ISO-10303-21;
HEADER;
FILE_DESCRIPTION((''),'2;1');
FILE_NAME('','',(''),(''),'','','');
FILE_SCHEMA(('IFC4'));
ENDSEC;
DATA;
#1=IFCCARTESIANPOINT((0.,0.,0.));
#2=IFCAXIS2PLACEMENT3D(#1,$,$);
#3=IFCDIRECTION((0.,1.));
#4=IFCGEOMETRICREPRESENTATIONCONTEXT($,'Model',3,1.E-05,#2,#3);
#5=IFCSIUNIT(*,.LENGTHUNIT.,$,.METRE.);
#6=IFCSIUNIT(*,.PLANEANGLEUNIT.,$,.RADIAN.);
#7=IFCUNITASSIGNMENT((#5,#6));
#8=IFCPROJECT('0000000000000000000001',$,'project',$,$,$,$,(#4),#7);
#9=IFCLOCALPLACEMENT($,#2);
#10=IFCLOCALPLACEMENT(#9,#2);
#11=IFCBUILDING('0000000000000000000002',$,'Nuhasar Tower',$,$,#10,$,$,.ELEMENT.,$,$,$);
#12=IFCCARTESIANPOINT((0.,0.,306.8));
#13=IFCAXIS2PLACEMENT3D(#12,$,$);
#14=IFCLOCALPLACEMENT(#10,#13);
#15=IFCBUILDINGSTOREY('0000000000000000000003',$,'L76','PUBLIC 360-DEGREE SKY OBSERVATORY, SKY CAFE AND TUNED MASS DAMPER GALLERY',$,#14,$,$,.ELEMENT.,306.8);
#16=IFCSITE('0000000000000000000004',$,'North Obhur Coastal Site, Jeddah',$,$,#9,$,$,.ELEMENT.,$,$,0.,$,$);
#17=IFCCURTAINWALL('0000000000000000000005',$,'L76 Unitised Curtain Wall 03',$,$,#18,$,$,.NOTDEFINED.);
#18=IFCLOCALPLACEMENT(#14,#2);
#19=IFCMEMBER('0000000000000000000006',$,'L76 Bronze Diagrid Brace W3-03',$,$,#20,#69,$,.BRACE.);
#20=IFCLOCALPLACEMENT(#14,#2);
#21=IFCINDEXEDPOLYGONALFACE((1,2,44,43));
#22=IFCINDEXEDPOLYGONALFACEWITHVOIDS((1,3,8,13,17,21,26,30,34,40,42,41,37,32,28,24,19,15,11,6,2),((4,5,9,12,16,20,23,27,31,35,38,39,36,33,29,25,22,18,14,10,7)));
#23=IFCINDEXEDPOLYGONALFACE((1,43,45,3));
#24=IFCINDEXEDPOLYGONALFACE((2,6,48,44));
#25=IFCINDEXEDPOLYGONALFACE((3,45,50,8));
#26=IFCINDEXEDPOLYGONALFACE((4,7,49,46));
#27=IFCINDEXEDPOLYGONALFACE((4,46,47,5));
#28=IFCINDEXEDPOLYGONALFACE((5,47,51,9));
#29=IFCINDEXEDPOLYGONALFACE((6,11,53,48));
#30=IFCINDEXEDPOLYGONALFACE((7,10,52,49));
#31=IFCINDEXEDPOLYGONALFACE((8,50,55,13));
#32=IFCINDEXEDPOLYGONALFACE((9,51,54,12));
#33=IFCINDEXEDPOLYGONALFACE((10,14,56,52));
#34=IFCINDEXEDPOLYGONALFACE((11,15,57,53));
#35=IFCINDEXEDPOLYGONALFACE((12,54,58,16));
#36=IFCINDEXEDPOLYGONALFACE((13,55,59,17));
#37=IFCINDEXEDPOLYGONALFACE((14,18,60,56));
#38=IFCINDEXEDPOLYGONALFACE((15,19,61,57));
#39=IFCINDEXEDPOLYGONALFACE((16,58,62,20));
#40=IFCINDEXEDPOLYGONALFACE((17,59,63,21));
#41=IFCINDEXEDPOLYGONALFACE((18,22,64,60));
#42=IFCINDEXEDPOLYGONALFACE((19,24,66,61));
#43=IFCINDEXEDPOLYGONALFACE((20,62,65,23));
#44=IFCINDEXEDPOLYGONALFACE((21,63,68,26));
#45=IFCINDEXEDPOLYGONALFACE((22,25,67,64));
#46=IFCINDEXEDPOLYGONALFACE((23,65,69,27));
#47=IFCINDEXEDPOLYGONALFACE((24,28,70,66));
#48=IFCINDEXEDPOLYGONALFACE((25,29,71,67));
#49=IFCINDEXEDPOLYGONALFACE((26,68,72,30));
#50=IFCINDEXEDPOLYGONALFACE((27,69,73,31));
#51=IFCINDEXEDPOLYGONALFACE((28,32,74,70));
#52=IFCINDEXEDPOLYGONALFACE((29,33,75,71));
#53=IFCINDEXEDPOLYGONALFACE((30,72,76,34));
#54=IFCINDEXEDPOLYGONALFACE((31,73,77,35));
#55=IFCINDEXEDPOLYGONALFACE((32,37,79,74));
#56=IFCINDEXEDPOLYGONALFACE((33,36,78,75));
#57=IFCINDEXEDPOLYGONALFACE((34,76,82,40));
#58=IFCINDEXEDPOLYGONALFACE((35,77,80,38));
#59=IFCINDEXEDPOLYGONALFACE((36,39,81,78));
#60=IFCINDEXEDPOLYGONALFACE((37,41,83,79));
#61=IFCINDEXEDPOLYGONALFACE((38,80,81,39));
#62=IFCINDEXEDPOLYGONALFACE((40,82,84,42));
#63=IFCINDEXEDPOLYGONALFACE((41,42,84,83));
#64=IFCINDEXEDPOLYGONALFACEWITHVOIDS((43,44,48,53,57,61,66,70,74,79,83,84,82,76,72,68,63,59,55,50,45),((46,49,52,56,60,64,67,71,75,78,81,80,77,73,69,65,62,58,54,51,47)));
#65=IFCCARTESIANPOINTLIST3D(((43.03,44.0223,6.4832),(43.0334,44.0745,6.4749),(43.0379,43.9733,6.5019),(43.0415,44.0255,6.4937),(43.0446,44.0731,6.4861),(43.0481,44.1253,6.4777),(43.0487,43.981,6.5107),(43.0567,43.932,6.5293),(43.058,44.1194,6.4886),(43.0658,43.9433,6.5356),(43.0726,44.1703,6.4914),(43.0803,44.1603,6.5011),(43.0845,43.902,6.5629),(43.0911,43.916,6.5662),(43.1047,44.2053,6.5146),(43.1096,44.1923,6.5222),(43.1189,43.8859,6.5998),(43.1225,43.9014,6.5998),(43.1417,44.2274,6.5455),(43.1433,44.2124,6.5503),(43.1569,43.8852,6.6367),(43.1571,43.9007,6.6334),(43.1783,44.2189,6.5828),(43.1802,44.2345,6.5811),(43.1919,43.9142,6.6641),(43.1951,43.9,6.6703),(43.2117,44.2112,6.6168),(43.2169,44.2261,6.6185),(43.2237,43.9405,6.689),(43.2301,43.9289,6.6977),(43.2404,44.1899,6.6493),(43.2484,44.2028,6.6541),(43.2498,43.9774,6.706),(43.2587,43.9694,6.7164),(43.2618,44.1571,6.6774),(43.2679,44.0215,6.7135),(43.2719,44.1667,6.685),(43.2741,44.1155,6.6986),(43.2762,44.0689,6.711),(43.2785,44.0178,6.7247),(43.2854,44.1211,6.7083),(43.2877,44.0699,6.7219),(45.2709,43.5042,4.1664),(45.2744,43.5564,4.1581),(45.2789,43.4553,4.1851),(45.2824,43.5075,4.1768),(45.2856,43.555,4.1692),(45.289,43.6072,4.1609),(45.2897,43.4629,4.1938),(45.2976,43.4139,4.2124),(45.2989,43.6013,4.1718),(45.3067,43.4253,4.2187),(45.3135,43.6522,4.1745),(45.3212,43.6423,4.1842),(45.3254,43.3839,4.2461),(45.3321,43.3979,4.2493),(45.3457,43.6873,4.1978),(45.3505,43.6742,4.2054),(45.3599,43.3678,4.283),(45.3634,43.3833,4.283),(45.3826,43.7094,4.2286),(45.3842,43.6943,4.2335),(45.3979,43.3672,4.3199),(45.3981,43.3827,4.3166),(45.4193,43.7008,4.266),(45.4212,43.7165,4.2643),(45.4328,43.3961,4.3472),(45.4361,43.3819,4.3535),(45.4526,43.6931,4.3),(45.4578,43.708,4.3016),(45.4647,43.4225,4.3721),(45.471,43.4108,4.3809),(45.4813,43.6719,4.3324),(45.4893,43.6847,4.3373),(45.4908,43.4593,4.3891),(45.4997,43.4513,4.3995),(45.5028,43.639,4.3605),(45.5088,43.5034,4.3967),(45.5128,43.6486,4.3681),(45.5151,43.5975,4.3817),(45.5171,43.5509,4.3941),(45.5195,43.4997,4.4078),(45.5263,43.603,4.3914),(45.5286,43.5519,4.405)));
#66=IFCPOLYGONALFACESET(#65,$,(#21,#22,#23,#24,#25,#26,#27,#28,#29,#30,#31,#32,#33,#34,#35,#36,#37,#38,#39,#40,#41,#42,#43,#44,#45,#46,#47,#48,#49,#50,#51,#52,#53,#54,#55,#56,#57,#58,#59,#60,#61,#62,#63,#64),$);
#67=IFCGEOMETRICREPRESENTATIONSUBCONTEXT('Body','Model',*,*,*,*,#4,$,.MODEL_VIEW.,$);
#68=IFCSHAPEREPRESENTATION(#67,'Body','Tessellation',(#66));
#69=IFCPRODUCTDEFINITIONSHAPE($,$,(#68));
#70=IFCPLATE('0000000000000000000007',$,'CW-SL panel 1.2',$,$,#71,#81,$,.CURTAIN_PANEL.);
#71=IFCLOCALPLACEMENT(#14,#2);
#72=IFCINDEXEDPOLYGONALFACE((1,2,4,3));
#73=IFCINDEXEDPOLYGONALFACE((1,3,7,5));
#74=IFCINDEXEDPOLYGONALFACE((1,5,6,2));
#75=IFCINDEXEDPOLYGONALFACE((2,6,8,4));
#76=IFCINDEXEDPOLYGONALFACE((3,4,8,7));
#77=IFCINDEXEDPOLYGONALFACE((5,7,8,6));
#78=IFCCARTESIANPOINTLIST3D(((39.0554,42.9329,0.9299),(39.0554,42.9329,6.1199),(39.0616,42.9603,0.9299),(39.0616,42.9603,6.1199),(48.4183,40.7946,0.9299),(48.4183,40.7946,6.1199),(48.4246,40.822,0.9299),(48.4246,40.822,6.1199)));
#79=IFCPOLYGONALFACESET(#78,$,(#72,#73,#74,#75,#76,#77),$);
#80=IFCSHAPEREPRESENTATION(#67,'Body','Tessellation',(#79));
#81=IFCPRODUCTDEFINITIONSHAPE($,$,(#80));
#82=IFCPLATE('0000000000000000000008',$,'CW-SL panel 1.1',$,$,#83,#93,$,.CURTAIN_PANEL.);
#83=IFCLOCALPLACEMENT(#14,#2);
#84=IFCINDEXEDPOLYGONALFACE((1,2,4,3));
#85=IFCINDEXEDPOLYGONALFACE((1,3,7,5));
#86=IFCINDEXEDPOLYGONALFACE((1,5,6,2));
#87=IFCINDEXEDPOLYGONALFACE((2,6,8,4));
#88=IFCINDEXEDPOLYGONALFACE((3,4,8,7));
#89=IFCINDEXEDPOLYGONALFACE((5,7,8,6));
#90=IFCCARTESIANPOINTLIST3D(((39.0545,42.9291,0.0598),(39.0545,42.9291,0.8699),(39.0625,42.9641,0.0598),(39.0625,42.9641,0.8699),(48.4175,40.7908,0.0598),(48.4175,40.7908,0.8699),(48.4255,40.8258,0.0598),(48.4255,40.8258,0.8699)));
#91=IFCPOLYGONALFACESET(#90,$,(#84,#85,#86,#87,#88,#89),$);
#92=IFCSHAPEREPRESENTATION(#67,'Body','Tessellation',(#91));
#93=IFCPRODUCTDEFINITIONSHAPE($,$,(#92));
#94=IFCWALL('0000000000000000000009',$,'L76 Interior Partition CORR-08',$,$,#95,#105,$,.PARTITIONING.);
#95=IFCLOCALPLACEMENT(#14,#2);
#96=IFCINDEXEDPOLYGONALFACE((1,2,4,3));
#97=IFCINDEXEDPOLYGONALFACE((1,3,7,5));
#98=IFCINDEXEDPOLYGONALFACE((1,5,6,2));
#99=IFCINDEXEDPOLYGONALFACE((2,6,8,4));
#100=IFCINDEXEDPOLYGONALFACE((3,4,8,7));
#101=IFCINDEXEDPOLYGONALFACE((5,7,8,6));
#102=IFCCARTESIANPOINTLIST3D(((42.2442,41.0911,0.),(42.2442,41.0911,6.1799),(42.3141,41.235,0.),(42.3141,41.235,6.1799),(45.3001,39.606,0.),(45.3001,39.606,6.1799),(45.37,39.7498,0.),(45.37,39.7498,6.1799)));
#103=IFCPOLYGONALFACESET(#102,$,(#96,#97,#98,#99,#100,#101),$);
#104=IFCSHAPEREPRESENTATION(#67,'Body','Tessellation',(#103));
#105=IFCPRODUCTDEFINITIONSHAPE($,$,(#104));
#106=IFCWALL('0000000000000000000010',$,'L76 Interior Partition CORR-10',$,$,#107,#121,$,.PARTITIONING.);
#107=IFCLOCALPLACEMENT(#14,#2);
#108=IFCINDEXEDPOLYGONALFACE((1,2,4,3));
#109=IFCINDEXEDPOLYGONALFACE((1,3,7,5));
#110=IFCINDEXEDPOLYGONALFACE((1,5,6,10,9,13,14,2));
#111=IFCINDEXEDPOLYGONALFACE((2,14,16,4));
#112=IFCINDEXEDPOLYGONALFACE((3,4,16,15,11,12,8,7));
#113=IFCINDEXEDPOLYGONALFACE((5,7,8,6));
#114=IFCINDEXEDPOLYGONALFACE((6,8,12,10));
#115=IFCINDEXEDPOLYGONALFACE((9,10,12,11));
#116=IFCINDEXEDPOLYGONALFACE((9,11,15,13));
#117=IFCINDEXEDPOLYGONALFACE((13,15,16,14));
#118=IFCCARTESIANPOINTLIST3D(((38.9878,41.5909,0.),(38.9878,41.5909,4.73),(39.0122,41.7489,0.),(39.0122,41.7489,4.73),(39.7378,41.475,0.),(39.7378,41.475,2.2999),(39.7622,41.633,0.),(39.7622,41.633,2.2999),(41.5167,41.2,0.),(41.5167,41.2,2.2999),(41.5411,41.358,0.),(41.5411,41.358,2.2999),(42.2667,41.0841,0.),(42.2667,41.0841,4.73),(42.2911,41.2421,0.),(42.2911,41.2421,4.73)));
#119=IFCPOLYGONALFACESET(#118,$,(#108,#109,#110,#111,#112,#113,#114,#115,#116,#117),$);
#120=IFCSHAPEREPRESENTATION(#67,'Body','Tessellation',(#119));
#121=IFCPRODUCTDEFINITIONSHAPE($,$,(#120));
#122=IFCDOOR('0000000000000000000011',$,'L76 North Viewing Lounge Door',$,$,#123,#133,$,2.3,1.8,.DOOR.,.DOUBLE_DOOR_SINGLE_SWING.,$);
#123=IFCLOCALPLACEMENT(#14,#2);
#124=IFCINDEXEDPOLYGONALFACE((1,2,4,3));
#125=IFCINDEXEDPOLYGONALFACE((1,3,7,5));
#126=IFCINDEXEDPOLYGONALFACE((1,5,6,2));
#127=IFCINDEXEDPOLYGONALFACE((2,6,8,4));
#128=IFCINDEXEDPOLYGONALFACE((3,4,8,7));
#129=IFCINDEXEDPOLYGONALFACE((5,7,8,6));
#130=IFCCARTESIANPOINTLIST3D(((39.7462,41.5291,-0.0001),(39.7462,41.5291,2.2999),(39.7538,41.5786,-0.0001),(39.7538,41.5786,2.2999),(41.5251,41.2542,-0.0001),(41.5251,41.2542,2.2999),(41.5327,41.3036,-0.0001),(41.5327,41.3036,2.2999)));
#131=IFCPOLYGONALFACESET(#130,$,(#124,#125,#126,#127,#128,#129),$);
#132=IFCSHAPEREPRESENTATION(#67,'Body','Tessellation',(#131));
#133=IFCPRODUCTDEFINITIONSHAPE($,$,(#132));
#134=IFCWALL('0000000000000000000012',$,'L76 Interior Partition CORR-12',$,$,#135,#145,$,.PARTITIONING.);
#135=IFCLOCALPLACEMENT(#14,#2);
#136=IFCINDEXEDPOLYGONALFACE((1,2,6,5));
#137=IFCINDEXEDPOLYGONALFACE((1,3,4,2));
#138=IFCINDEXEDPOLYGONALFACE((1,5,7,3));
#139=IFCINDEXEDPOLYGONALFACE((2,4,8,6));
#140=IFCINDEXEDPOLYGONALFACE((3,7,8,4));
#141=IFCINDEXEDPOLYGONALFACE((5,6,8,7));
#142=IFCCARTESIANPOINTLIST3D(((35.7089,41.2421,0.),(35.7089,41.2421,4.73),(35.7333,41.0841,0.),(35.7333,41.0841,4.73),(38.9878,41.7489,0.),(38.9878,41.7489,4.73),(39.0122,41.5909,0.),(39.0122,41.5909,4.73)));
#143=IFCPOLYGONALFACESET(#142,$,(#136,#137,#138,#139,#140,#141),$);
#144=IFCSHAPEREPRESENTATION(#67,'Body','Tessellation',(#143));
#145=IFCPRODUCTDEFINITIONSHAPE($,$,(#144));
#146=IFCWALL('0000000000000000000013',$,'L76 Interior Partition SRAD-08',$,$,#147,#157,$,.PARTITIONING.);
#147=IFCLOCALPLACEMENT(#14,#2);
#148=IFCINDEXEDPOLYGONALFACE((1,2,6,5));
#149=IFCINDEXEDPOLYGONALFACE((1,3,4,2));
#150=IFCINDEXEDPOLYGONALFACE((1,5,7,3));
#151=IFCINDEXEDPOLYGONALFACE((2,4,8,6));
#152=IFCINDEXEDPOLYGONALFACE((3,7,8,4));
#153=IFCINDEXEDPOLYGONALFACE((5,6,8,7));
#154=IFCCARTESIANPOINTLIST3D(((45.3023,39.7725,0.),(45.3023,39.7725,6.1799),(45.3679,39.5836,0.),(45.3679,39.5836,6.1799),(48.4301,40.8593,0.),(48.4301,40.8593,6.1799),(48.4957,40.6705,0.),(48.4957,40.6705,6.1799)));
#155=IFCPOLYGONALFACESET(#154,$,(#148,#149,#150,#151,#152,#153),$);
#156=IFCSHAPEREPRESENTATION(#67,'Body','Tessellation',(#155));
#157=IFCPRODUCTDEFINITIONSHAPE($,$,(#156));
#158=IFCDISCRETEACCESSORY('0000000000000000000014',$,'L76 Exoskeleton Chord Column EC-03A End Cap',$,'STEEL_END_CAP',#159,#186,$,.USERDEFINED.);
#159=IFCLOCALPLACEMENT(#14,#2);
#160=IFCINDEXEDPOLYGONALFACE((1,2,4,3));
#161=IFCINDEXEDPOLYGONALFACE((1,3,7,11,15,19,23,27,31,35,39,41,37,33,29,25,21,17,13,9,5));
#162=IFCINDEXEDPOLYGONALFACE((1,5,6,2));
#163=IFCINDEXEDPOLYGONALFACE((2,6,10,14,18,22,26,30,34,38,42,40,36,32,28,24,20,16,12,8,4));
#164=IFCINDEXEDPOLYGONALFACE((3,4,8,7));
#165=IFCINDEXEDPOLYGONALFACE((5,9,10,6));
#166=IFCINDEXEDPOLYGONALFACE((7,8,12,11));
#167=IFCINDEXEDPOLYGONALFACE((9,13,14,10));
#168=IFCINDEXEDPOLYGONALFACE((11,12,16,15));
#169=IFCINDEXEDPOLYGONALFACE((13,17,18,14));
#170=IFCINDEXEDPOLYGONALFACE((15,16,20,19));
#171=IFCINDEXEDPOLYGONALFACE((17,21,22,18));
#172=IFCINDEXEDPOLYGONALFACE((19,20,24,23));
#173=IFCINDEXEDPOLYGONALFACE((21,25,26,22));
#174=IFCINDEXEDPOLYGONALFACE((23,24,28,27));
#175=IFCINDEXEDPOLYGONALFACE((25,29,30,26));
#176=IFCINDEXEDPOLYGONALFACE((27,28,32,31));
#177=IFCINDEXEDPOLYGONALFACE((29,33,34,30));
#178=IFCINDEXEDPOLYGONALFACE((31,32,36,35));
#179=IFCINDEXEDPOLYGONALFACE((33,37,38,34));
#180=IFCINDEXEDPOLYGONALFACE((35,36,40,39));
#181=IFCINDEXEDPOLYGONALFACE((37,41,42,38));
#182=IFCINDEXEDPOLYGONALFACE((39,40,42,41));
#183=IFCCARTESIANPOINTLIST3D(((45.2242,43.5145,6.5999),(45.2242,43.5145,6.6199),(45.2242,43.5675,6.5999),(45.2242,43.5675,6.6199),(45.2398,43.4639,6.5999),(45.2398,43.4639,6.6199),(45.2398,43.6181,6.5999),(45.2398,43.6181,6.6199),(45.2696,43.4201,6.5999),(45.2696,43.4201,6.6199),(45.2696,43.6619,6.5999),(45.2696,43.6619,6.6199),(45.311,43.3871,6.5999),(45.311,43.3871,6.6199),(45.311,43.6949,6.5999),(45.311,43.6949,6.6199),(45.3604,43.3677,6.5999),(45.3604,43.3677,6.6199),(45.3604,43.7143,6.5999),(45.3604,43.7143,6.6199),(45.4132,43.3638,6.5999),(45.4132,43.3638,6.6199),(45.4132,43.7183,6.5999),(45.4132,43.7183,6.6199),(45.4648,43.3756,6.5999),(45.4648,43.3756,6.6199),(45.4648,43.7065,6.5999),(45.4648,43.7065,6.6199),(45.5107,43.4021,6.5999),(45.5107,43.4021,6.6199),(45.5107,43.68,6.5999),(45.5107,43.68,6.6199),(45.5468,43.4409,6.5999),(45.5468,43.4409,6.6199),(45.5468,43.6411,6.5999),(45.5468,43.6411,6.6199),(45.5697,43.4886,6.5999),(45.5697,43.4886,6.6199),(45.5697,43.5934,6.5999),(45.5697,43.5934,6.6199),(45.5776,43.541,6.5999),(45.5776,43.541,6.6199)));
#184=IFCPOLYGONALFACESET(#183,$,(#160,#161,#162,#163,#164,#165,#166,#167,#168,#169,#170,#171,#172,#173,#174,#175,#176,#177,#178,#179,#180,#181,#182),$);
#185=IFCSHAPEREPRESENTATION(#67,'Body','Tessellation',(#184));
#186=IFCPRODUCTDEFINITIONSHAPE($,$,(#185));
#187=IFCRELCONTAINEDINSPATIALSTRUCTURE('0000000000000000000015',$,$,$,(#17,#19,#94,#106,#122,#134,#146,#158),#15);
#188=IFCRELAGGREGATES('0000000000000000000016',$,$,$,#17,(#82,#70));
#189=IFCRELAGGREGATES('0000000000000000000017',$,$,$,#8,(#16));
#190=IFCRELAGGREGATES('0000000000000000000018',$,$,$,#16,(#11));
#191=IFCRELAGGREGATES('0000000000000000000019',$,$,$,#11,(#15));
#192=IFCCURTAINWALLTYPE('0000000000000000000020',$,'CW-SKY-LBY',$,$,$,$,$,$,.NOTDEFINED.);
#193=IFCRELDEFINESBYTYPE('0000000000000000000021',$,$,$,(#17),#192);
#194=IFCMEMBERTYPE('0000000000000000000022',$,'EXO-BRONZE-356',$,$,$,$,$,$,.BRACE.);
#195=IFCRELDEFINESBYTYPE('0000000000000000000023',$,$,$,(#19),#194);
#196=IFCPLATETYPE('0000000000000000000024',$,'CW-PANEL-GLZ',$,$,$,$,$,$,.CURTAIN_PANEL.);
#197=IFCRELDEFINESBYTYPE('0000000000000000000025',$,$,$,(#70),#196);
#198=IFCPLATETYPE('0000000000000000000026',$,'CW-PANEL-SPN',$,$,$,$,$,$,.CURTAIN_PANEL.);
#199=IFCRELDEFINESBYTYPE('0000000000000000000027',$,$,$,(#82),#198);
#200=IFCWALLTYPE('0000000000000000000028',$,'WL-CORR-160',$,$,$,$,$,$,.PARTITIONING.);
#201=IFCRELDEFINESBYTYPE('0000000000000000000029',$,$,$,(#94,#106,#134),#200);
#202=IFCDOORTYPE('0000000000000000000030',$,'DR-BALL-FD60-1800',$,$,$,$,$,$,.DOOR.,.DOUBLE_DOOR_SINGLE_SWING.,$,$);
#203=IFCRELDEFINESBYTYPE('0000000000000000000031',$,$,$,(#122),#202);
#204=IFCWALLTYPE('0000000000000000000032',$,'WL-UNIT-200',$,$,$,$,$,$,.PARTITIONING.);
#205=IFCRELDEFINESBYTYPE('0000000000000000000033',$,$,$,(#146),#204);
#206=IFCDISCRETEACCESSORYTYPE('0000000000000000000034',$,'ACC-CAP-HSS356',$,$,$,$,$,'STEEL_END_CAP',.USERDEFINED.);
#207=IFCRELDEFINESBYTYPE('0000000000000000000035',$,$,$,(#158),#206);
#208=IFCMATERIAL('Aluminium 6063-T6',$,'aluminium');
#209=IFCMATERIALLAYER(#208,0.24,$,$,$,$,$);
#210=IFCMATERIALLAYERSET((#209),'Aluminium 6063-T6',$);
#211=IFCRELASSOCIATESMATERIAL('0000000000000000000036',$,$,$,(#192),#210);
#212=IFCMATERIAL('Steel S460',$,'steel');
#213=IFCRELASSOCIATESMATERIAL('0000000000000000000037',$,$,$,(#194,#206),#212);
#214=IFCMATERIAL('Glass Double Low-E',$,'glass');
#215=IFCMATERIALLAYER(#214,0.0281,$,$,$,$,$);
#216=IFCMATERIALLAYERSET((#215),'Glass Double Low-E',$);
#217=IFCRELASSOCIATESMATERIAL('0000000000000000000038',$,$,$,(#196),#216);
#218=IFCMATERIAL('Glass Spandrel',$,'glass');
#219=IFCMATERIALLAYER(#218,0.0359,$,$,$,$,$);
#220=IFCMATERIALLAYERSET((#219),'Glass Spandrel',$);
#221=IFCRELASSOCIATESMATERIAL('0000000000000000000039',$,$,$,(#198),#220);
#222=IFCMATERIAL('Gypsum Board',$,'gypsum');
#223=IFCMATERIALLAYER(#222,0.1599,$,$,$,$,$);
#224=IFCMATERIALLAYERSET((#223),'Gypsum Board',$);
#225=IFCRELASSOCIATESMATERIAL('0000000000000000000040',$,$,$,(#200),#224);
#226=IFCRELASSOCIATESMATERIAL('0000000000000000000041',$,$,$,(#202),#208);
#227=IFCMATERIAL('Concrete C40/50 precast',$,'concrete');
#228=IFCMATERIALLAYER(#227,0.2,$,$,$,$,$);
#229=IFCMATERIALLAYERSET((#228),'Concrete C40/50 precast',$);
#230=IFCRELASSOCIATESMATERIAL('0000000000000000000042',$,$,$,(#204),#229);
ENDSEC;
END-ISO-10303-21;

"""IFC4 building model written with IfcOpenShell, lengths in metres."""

from ifc_helpers import new_model, si_unit, direction, frame, frame_2d, origin, origin_2d, place, context, subcontext, project, spatial, rectangle, circle, hollow_circle, extrude, material, layer, layer_set, material_profile, profile_set, type_object, element, fill, aggregate, save


model = new_model("IFC4")

# Units and contexts
model_context = context("Model", 3, precision=1e-05, world=origin(), true_north=direction((0.0, 1.0)))
body_context = subcontext(model_context, "Body", "Model", "MODEL_VIEW")
ifc_project = project(units=[si_unit("LENGTHUNIT", "METRE"), si_unit("PLANEANGLEUNIT", "RADIAN")], contexts=[model_context])

# Site, building, storey
site_placement = place(None, origin())
site = spatial("IfcSite", under=ifc_project, at=site_placement, Name="North Obhur Coastal Site, Jeddah", CompositionType="ELEMENT", RefElevation=0.0)
building_placement = place(site_placement, origin())
building = spatial("IfcBuilding", under=site, at=building_placement, Name="Nuhasar Tower", CompositionType="ELEMENT")
storey_placement = place(building_placement, frame((0.0, 0.0, 306.8)))
storey = spatial("IfcBuildingStorey", under=building, at=storey_placement, Name="L76", Description="PUBLIC 360-DEGREE SKY OBSERVATORY, SKY CAFE AND TUNED MASS DAMPER GALLERY", CompositionType="ELEMENT", Elevation=306.8)

# Shared definitions
ifc_material_1 = material(Name="Steel S460", Category="steel")

# Curtain wall
ifc_material_2 = material(Name="Aluminium 6063-T6", Category="aluminium")
ifc_layer_1 = layer(ifc_material_2, 0.24)
ifc_layer_set_1 = layer_set([ifc_layer_1], Name="Aluminium 6063-T6")
curtain_wall_type = type_object("IfcCurtainWallType", Name="CW-SKY-LBY", PredefinedType="NOTDEFINED", material=ifc_layer_set_1)
curtain_wall_1_placement = place(storey_placement, origin())
curtain_wall_1 = element("IfcCurtainWall", 1, at=curtain_wall_1_placement, inside=storey, type_object=curtain_wall_type, Name="L76 Unitised Curtain Wall 03", PredefinedType="NOTDEFINED")

# Member
ifc_material_profile_1 = material_profile(ifc_material_1, hollow_circle(Radius=0.1777, WallThickness=0.0159, at=origin_2d()), Name="HSS355.6X15.9")
ifc_profile_set_1 = profile_set([ifc_material_profile_1], Name="Steel S460")
member_type_1 = type_object("IfcMemberType", Name="EXO-BRONZE-356", PredefinedType="BRACE", material=ifc_profile_set_1)
member_1_placement = place(storey_placement, frame((45.3999, 43.541, 4.283), z_axis=(-0.686422, 0.158687, 0.709679), x_axis=(-0.225239, -0.974303, 0.0)))
element("IfcMember", 2, at=member_1_placement, inside=storey, type_object=member_type_1, Name="L76 Bronze Diagrid Brace W3-03", PredefinedType="BRACE", context=body_context, shape_type="SweptSolid", body=[
    extrude(hollow_circle(Radius=0.1777, WallThickness=0.0159, at=origin_2d()), origin(), (0.0, 0.0, 1.0), 3.2646),
])

# Plates
ifc_material_3 = material(Name="Glass Double Low-E", Category="glass")
ifc_layer_2 = layer(ifc_material_3, 0.0281)
ifc_layer_set_2 = layer_set([ifc_layer_2], Name="Glass Double Low-E")
plate_type_1 = type_object("IfcPlateType", Name="CW-PANEL-GLZ", PredefinedType="CURTAIN_PANEL", material=ifc_layer_set_2)
plate_1_placement = place(storey_placement, frame((43.74, 41.8774, 0.9299), z_axis=(0.0, 0.0, 1.0), x_axis=(-0.9749, 0.222643, 0.0)))
plate_1 = element("IfcPlate", 3, at=plate_1_placement, type_object=plate_type_1, Name="CW-SL panel 1.2", PredefinedType="CURTAIN_PANEL", context=body_context, shape_type="SweptSolid", body=[
    extrude(rectangle(XDim=9.604, YDim=0.0281, at=origin_2d()), origin(), (0.0, 0.0, 1.0), 5.1899),
])
ifc_material_4 = material(Name="Glass Spandrel", Category="glass")
ifc_layer_3 = layer(ifc_material_4, 0.0359)
ifc_layer_set_3 = layer_set([ifc_layer_3], Name="Glass Spandrel")
plate_type_2 = type_object("IfcPlateType", Name="CW-PANEL-SPN", PredefinedType="CURTAIN_PANEL", material=ifc_layer_set_3)
plate_2_placement = place(storey_placement, frame((43.74, 41.8774, 0.0598), z_axis=(0.0, 0.0, 1.0), x_axis=(-0.9749, 0.222643, 0.0)))
plate_2 = element("IfcPlate", 4, at=plate_2_placement, type_object=plate_type_2, Name="CW-SL panel 1.1", PredefinedType="CURTAIN_PANEL", context=body_context, shape_type="SweptSolid", body=[
    extrude(rectangle(XDim=9.604, YDim=0.0359, at=origin_2d()), origin(), (0.0, 0.0, 1.0), 0.8101),
])
aggregate(curtain_wall_1, [plate_2, plate_1])

# Wall
ifc_material_5 = material(Name="Gypsum Board", Category="gypsum")
ifc_layer_4 = layer(ifc_material_5, 0.1599)
ifc_layer_set_4 = layer_set([ifc_layer_4], Name="Gypsum Board")
wall_type_1 = type_object("IfcWallType", Name="WL-CORR-160", PredefinedType="PARTITIONING", material=ifc_layer_set_4)
wall_1_placement = place(storey_placement, frame((45.335, 39.678, 0.0), z_axis=(0.0, 0.0, 1.0), x_axis=(-0.899415, 0.437097, 0.0)))
element("IfcWall", 5, at=wall_1_placement, inside=storey, type_object=wall_type_1, Name="L76 Interior Partition CORR-08", PredefinedType="PARTITIONING", context=body_context, shape_type="SweptSolid", body=[
    extrude(rectangle(XDim=3.3977, YDim=0.1599, at=frame_2d((1.6987, 0.0))), origin(), (0.0, 0.0, 1.0), 6.1799),
])

# Wall, opening, door
wall_2_placement = place(storey_placement, frame((39.0, 41.6699, 0.0), z_axis=(0.0, 0.0, 1.0), x_axis=(0.988264, -0.152754, 0.0)))
wall_2 = element("IfcWall", 6, at=wall_2_placement, inside=storey, type_object=wall_type_1, Name="L76 Interior Partition CORR-10", PredefinedType="PARTITIONING", context=body_context, shape_type="SweptSolid", body=[
    extrude(rectangle(XDim=3.3179, YDim=0.1599, at=frame_2d((1.6589, 0.0))), origin(), (0.0, 0.0, 1.0), 4.73),
])
opening_placement = place(wall_2_placement, frame((0.759, 0.0, 0.0)))
opening = element("IfcOpeningElement", 7, at=opening_placement, cuts=wall_2, PredefinedType="OPENING", context=body_context, shape_type="SweptSolid", body=[
    extrude(rectangle(XDim=1.8, YDim=2.3, at=frame_2d((0.8999, 1.1499))), frame((0.0, 0.0898, 0.0), z_axis=(0.0, -1.0, 0.0), x_axis=(1.0, 0.0, 0.0)), (0.0, 0.0, 1.0), 0.1799),
])
door_type = type_object("IfcDoorType", Name="DR-BALL-FD60-1800", OperationType="DOUBLE_DOOR_SINGLE_SWING", PredefinedType="DOOR", material=ifc_material_2)
door_placement = place(opening_placement, origin())
door = element("IfcDoor", 8, at=door_placement, inside=storey, type_object=door_type, Name="L76 North Viewing Lounge Door", OperationType="DOUBLE_DOOR_SINGLE_SWING", OverallHeight=2.3, OverallWidth=1.8, PredefinedType="DOOR", context=body_context, shape_type="SweptSolid", body=[
    extrude(rectangle(XDim=1.8, YDim=2.3, at=frame_2d((0.8999, 1.1499))), frame((0.0, 0.0249, 0.0), z_axis=(0.0, -1.0, 0.0), x_axis=(1.0, 0.0, 0.0)), (0.0, 0.0, 1.0), 0.05),
])
fill(opening, door)

# Walls
wall_3_placement = place(storey_placement, frame((39.0, 41.6699, 0.0), z_axis=(0.0, 0.0, 1.0), x_axis=(-0.988264, -0.152754, 0.0)))
element("IfcWall", 9, at=wall_3_placement, inside=storey, type_object=wall_type_1, Name="L76 Interior Partition CORR-12", PredefinedType="PARTITIONING", context=body_context, shape_type="SweptSolid", body=[
    extrude(rectangle(XDim=3.3179, YDim=0.1599, at=frame_2d((1.6589, 0.0))), origin(), (0.0, 0.0, 1.0), 4.73),
])
ifc_material_6 = material(Name="Concrete C40/50 precast", Category="concrete")
ifc_layer_5 = layer(ifc_material_6, 0.2)
ifc_layer_set_5 = layer_set([ifc_layer_5], Name="Concrete C40/50 precast")
wall_type_2 = type_object("IfcWallType", Name="WL-UNIT-200", PredefinedType="PARTITIONING", material=ifc_layer_set_5)
wall_4_placement = place(storey_placement, frame((45.335, 39.678, 0.0), z_axis=(0.0, 0.0, 1.0), x_axis=(0.944596, 0.328235, 0.0)))
element("IfcWall", 10, at=wall_4_placement, inside=storey, type_object=wall_type_2, Name="L76 Interior Partition SRAD-08", PredefinedType="PARTITIONING", context=body_context, shape_type="SweptSolid", body=[
    extrude(rectangle(XDim=3.3113, YDim=0.2, at=frame_2d((1.6558, 0.0))), origin(), (0.0, 0.0, 1.0), 6.1799),
])

# Discrete accessory
discrete_accessory_type_1 = type_object("IfcDiscreteAccessoryType", Name="ACC-CAP-HSS356", ElementType="STEEL_END_CAP", PredefinedType="USERDEFINED", material=ifc_material_1)
discrete_accessory_placement = place(storey_placement, frame((45.3999, 43.541, 6.5999), z_axis=(0.0, 0.0, 1.0), x_axis=(1.0, 0.0, 0.0)))
element("IfcDiscreteAccessory", 11, at=discrete_accessory_placement, inside=storey, type_object=discrete_accessory_type_1, Name="L76 Exoskeleton Chord Column EC-03A End Cap", ObjectType="STEEL_END_CAP", PredefinedType="USERDEFINED", context=body_context, shape_type="SweptSolid", body=[
    extrude(circle(Radius=0.1777, at=origin_2d()), origin(), (0.0, 0.0, 1.0), 0.02),
])

save(model, "model.ifc")
